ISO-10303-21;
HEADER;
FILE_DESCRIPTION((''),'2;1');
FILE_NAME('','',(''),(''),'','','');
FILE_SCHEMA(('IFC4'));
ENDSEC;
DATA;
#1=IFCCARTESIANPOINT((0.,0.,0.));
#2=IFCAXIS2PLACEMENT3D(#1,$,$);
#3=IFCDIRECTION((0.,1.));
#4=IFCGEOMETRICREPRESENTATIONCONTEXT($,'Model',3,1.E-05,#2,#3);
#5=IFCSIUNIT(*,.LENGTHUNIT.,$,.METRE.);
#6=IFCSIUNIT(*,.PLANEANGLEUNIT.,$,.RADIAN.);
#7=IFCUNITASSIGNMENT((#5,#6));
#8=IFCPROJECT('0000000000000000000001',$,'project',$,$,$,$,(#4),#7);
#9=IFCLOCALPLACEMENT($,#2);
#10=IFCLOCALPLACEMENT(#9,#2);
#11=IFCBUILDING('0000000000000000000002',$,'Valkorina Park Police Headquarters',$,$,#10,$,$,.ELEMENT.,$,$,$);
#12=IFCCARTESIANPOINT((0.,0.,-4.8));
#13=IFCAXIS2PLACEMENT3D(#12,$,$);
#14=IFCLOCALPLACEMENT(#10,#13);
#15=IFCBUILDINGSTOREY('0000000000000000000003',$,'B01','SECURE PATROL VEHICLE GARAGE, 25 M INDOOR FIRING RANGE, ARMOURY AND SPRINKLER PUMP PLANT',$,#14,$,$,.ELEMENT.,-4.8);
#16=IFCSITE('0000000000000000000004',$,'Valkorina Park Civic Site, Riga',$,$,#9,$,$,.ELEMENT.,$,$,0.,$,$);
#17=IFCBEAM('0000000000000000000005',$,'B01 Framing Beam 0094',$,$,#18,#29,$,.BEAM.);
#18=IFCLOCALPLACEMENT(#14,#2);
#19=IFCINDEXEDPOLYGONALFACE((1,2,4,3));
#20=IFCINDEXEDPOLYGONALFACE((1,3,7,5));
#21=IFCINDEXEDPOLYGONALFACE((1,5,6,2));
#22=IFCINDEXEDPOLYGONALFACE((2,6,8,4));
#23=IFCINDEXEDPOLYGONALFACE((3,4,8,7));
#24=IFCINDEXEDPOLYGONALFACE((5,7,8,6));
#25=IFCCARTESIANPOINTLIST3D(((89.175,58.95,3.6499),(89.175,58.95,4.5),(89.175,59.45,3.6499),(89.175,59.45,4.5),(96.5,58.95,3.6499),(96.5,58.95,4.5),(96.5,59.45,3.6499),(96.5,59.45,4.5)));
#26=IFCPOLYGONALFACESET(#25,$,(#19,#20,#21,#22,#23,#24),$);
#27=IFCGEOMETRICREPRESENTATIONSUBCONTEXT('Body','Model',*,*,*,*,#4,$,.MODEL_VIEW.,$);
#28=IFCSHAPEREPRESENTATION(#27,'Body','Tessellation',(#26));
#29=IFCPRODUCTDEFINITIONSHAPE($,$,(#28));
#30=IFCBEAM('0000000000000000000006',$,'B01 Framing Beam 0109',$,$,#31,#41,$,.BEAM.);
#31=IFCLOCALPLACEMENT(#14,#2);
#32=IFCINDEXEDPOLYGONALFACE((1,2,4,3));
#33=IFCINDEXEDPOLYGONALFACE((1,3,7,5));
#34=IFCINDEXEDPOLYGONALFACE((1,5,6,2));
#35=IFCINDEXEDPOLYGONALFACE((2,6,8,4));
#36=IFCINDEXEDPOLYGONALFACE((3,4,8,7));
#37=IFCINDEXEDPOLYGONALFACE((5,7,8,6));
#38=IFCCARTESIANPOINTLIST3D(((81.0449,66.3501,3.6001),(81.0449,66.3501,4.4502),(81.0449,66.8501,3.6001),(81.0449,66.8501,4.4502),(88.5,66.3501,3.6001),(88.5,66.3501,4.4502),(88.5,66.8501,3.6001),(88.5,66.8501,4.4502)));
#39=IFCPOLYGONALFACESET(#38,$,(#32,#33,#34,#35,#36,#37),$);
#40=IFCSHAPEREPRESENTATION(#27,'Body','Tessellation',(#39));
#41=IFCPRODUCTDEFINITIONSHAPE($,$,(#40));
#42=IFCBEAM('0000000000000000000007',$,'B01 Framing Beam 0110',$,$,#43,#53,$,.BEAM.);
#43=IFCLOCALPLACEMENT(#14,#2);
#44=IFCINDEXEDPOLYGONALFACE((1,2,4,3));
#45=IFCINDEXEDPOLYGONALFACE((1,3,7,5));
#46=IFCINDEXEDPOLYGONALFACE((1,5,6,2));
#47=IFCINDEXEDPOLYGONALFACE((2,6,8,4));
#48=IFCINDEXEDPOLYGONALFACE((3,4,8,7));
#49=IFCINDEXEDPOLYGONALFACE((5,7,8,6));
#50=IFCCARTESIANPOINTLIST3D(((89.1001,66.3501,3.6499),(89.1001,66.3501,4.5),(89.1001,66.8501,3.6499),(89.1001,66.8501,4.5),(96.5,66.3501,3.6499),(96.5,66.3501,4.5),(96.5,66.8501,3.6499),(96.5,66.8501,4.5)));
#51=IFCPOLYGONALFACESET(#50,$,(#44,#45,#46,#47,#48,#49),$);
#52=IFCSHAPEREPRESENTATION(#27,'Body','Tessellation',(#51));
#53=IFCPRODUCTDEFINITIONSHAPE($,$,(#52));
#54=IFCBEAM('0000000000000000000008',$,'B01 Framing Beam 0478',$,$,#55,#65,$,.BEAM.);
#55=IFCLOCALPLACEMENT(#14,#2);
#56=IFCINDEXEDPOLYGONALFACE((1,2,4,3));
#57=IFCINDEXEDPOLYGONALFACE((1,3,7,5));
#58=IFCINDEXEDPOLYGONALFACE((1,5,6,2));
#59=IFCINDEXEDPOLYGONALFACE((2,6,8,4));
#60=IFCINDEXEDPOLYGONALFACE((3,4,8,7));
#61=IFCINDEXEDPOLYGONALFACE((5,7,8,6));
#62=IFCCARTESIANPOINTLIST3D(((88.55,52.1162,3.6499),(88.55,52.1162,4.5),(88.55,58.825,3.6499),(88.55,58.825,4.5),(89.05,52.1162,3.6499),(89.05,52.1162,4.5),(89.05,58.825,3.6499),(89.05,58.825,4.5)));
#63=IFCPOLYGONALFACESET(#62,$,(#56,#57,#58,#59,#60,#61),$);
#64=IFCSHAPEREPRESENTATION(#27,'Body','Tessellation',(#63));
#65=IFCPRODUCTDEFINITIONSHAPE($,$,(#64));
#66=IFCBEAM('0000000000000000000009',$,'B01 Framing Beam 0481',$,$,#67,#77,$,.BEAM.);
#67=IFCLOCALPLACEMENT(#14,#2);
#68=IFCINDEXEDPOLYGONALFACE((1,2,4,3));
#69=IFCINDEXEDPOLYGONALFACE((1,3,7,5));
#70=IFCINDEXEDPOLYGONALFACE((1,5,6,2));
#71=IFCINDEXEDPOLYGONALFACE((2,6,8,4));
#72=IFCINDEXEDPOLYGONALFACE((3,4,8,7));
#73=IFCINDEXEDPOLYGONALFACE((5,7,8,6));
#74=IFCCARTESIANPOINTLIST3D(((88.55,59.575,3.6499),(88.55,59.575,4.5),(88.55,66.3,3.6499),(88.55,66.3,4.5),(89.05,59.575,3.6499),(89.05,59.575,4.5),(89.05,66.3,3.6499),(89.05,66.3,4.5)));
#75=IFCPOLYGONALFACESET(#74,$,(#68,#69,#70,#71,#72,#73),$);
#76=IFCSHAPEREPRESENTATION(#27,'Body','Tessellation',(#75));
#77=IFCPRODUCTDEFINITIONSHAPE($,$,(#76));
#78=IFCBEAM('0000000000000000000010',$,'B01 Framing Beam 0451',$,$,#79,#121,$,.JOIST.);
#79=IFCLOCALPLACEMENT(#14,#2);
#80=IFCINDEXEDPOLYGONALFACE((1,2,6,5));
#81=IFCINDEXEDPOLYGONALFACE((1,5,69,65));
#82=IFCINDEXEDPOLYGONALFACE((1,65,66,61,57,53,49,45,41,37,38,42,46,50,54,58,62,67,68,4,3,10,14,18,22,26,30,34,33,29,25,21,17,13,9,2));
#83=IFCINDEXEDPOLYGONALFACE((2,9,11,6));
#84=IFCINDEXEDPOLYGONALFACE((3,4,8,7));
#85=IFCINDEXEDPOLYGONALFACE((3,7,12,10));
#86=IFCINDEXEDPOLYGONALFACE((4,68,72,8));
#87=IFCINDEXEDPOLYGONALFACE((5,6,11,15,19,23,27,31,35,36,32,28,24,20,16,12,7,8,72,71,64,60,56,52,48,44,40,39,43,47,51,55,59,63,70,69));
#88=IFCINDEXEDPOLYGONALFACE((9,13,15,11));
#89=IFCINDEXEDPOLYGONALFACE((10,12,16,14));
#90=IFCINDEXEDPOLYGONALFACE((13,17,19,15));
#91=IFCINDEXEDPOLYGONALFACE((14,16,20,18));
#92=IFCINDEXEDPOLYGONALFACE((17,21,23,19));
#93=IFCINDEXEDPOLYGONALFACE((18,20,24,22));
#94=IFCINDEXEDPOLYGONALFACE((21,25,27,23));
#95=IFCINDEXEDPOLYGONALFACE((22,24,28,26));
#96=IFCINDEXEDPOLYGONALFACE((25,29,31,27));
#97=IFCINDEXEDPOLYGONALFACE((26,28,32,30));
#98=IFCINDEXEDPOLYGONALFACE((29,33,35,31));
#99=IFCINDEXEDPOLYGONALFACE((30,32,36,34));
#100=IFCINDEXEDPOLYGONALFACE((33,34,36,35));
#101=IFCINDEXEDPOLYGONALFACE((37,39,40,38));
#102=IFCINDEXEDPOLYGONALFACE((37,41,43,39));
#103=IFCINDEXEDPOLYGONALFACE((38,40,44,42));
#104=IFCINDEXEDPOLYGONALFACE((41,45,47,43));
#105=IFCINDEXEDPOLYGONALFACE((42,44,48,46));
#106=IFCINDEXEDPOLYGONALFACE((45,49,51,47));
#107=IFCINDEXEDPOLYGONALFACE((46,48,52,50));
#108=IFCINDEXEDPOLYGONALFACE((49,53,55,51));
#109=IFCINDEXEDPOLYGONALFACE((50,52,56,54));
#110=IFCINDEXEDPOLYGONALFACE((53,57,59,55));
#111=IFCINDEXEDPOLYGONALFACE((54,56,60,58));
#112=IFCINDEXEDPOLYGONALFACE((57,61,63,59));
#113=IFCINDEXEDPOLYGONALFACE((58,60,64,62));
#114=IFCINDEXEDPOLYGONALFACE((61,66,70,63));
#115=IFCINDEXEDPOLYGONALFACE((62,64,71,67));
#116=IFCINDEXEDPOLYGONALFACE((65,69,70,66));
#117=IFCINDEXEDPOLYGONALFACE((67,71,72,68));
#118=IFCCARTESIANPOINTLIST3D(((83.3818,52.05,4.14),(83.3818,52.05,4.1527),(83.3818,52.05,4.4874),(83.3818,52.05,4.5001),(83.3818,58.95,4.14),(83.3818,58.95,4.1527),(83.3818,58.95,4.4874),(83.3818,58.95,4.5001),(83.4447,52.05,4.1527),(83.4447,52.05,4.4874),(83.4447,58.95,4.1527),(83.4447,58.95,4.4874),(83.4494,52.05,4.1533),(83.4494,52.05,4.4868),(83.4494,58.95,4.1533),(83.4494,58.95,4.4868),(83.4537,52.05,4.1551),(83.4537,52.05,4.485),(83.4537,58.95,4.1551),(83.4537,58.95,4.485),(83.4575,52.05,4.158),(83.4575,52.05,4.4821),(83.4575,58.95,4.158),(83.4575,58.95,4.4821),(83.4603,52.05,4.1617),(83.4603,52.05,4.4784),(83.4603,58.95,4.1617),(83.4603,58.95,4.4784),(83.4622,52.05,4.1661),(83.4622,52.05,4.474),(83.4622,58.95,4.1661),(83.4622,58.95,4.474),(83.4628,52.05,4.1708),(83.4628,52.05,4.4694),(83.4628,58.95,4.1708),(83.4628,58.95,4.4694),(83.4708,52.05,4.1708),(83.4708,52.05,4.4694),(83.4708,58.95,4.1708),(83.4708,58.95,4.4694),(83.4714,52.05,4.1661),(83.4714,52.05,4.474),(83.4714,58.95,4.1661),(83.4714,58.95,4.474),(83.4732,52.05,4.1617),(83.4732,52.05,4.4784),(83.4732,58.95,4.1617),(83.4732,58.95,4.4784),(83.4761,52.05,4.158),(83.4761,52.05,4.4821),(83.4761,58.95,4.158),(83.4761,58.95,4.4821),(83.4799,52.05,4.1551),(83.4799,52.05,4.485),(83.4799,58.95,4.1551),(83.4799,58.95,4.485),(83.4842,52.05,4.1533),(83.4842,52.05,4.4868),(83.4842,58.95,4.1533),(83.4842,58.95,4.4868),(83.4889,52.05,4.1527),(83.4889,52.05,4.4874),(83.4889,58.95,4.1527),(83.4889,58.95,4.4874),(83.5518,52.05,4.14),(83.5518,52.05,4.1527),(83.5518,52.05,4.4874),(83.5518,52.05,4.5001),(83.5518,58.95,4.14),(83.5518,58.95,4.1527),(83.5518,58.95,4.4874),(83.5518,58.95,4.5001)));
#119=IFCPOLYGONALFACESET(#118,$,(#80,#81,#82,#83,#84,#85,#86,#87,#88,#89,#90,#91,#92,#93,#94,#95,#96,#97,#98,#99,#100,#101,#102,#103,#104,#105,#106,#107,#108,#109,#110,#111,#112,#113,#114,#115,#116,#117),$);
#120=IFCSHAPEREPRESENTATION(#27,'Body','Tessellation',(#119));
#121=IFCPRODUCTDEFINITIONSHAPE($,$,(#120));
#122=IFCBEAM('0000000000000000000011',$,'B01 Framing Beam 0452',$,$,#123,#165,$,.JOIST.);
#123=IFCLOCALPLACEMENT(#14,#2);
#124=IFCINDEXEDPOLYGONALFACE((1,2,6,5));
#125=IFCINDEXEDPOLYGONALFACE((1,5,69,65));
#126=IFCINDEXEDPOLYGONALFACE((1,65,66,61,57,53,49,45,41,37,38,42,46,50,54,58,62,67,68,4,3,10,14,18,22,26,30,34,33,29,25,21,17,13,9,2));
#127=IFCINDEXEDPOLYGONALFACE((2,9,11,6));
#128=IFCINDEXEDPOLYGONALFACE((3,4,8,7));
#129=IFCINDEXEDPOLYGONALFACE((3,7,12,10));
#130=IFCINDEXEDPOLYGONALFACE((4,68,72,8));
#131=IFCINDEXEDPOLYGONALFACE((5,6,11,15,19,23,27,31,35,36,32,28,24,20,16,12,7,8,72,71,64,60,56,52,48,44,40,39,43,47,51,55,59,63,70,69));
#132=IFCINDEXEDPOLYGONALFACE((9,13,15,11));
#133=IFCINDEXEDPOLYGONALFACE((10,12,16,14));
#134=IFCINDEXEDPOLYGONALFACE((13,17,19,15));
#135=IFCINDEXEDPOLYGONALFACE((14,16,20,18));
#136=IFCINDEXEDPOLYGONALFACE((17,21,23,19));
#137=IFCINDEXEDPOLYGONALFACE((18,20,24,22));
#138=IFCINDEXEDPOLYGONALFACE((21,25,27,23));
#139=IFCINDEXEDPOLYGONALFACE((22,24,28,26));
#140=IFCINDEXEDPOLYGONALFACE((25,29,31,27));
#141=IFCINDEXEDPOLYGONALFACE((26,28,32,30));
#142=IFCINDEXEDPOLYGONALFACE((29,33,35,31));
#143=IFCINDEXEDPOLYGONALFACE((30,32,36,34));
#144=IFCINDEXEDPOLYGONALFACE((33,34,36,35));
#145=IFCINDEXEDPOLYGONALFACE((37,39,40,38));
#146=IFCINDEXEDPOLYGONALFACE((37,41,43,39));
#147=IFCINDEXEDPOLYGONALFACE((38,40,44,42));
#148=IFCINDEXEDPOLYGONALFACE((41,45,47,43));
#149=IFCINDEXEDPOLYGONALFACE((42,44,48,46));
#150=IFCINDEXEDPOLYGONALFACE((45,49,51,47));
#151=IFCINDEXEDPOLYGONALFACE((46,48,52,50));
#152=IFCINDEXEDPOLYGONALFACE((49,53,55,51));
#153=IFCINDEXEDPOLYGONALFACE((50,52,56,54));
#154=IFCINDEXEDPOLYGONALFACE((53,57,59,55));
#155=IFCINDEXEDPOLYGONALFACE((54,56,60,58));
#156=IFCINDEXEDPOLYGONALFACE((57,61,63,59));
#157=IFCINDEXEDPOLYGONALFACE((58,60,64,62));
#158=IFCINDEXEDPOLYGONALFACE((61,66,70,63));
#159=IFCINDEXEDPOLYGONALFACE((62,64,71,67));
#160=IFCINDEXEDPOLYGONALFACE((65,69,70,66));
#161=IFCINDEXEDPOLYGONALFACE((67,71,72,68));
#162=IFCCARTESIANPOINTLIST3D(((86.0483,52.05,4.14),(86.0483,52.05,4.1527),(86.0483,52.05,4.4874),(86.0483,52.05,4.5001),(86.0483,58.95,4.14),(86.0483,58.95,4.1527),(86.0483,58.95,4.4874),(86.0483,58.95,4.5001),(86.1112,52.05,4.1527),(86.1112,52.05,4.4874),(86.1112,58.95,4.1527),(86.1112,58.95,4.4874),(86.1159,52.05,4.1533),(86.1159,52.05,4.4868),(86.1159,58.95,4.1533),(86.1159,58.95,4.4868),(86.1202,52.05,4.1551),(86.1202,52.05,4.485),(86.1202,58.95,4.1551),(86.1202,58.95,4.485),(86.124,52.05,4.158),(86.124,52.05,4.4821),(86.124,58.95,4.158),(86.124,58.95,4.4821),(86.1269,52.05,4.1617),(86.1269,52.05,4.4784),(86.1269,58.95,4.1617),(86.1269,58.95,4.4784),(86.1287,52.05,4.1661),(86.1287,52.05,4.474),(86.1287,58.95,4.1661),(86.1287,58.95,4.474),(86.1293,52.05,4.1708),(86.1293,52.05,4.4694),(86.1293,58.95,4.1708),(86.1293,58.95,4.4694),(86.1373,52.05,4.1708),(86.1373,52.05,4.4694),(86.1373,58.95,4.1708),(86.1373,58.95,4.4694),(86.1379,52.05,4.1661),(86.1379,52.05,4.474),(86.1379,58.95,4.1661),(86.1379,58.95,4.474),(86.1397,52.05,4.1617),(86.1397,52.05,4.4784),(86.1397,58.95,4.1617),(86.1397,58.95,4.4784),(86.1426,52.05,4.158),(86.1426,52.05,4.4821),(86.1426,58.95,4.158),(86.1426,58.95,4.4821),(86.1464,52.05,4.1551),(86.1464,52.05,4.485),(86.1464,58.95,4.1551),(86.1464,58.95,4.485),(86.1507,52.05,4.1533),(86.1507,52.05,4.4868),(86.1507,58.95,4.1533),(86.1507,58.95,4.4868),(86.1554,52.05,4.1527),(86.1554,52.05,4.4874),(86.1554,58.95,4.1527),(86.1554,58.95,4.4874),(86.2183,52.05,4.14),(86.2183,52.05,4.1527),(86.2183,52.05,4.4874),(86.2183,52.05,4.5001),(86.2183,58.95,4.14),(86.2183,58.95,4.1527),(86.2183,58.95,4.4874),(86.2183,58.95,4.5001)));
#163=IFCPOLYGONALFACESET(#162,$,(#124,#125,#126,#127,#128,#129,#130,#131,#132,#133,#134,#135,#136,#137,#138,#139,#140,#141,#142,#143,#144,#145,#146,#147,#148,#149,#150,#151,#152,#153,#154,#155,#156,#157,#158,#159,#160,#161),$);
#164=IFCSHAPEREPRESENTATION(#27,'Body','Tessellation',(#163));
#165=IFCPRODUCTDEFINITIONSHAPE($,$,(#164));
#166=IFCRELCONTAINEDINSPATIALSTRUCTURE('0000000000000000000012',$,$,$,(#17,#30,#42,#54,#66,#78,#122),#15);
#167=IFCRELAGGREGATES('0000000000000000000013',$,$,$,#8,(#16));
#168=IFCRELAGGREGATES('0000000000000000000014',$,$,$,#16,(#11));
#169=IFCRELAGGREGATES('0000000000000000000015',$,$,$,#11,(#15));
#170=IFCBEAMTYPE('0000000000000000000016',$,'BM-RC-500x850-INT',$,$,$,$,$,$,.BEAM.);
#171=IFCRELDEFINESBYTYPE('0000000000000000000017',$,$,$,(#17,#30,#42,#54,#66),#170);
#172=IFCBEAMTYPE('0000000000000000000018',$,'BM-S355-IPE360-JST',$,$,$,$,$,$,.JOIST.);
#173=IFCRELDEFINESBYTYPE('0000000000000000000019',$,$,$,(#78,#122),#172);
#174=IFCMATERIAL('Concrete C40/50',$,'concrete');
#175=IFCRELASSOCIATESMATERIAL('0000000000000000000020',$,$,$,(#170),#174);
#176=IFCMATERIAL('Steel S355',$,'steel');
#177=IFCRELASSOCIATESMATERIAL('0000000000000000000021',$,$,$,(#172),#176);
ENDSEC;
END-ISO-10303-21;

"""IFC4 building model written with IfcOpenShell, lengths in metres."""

from ifc_helpers import new_model, si_unit, direction, frame, origin, origin_2d, place, context, subcontext, project, spatial, rectangle, i_section, extrude, material, material_profile, profile_set, type_object, element, save


model = new_model("IFC4")

# Units and contexts
model_context = context("Model", 3, precision=1e-05, world=origin(), true_north=direction((0.0, 1.0)))
body_context = subcontext(model_context, "Body", "Model", "MODEL_VIEW")
ifc_project = project(units=[si_unit("LENGTHUNIT", "METRE"), si_unit("PLANEANGLEUNIT", "RADIAN")], contexts=[model_context])

# Site, building, storey
site_placement = place(None, origin())
site = spatial("IfcSite", under=ifc_project, at=site_placement, Name="Valkorina Park Civic Site, Riga", CompositionType="ELEMENT", RefElevation=0.0)
building_placement = place(site_placement, origin())
building = spatial("IfcBuilding", under=site, at=building_placement, Name="Valkorina Park Police Headquarters", CompositionType="ELEMENT")
storey_placement = place(building_placement, frame((0.0, 0.0, -4.8)))
storey = spatial("IfcBuildingStorey", under=building, at=storey_placement, Name="B01", Description="SECURE PATROL VEHICLE GARAGE, 25 M INDOOR FIRING RANGE, ARMOURY AND SPRINKLER PUMP PLANT", CompositionType="ELEMENT", Elevation=-4.8)

# Shared definitions
ifc_material_1 = material(Name="Concrete C40/50", Category="concrete")

# Beams
ifc_material_profile_1 = material_profile(ifc_material_1, rectangle(XDim=0.5, YDim=0.8501, at=origin_2d()), Name="RC BEAM 500x850")
ifc_profile_set_1 = profile_set([ifc_material_profile_1], Name="Concrete C40/50")
beam_type_1 = type_object("IfcBeamType", Name="BM-RC-500x850-INT", PredefinedType="BEAM", material=ifc_profile_set_1)
beam_1_placement = place(storey_placement, frame((89.175, 59.2, 4.075), z_axis=(1.0, 0.0, 0.0), x_axis=(0.0, 1.0, 0.0)))
element("IfcBeam", 1, at=beam_1_placement, inside=storey, type_object=beam_type_1, Name="B01 Framing Beam 0094", PredefinedType="BEAM", context=body_context, shape_type="SweptSolid", body=[
    extrude(rectangle(XDim=0.5, YDim=0.8501, at=origin_2d()), origin(), (0.0, 0.0, 1.0), 7.325),
])
beam_2_placement = place(storey_placement, frame((81.0449, 66.6001, 4.0251), z_axis=(1.0, 0.0, 0.0), x_axis=(0.0, 1.0, 0.0)))
element("IfcBeam", 2, at=beam_2_placement, inside=storey, type_object=beam_type_1, Name="B01 Framing Beam 0109", PredefinedType="BEAM", context=body_context, shape_type="SweptSolid", body=[
    extrude(rectangle(XDim=0.5, YDim=0.8501, at=origin_2d()), origin(), (0.0, 0.0, 1.0), 7.4551),
])
beam_3_placement = place(storey_placement, frame((89.1001, 66.6001, 4.075), z_axis=(1.0, 0.0, 0.0), x_axis=(0.0, 1.0, 0.0)))
element("IfcBeam", 3, at=beam_3_placement, inside=storey, type_object=beam_type_1, Name="B01 Framing Beam 0110", PredefinedType="BEAM", context=body_context, shape_type="SweptSolid", body=[
    extrude(rectangle(XDim=0.5, YDim=0.8501, at=origin_2d()), origin(), (0.0, 0.0, 1.0), 7.3999),
])
beam_4_placement = place(storey_placement, frame((88.8, 52.1162, 4.075), z_axis=(0.0, 1.0, 0.0), x_axis=(-1.0, 0.0, 0.0)))
element("IfcBeam", 4, at=beam_4_placement, inside=storey, type_object=beam_type_1, Name="B01 Framing Beam 0478", PredefinedType="BEAM", context=body_context, shape_type="SweptSolid", body=[
    extrude(rectangle(XDim=0.5, YDim=0.8501, at=origin_2d()), origin(), (0.0, 0.0, 1.0), 6.7087),
])
beam_5_placement = place(storey_placement, frame((88.8, 59.575, 4.075), z_axis=(0.0, 1.0, 0.0), x_axis=(-1.0, 0.0, 0.0)))
element("IfcBeam", 5, at=beam_5_placement, inside=storey, type_object=beam_type_1, Name="B01 Framing Beam 0481", PredefinedType="BEAM", context=body_context, shape_type="SweptSolid", body=[
    extrude(rectangle(XDim=0.5, YDim=0.8501, at=origin_2d()), origin(), (0.0, 0.0, 1.0), 6.7251),
])
ifc_material_2 = material(Name="Steel S355", Category="steel")
ifc_material_profile_2 = material_profile(ifc_material_2, i_section(OverallWidth=0.1699, OverallDepth=0.3601, WebThickness=0.0081, FlangeThickness=0.0127, FilletRadius=0.0181, at=origin_2d()), Name="IPE 360")
ifc_profile_set_2 = profile_set([ifc_material_profile_2], Name="Steel S355")
beam_type_2 = type_object("IfcBeamType", Name="BM-S355-IPE360-JST", PredefinedType="JOIST", material=ifc_profile_set_2)
for number, where, z_axis, x_axis, name in (
    (6, (83.4668, 52.05, 4.3201), (0.0, 1.0, 0.0), (-1.0, 0.0, 0.0), "B01 Framing Beam 0451"),
    (7, (86.1333, 52.05, 4.3201), (0.0, 1.0, 0.0), (-1.0, 0.0, 0.0), "B01 Framing Beam 0452"),
):
    element("IfcBeam", number, at=place(storey_placement, frame(where, z_axis=z_axis, x_axis=x_axis)), inside=storey, type_object=beam_type_2, Name=name, PredefinedType="JOIST", context=body_context, shape_type="SweptSolid", body=[
        extrude(i_section(OverallWidth=0.1699, OverallDepth=0.3601, WebThickness=0.0081, FlangeThickness=0.0127, FilletRadius=0.0181, at=origin_2d()), origin(), (0.0, 0.0, 1.0), 6.8999),
    ])

save(model, "model.ifc")
